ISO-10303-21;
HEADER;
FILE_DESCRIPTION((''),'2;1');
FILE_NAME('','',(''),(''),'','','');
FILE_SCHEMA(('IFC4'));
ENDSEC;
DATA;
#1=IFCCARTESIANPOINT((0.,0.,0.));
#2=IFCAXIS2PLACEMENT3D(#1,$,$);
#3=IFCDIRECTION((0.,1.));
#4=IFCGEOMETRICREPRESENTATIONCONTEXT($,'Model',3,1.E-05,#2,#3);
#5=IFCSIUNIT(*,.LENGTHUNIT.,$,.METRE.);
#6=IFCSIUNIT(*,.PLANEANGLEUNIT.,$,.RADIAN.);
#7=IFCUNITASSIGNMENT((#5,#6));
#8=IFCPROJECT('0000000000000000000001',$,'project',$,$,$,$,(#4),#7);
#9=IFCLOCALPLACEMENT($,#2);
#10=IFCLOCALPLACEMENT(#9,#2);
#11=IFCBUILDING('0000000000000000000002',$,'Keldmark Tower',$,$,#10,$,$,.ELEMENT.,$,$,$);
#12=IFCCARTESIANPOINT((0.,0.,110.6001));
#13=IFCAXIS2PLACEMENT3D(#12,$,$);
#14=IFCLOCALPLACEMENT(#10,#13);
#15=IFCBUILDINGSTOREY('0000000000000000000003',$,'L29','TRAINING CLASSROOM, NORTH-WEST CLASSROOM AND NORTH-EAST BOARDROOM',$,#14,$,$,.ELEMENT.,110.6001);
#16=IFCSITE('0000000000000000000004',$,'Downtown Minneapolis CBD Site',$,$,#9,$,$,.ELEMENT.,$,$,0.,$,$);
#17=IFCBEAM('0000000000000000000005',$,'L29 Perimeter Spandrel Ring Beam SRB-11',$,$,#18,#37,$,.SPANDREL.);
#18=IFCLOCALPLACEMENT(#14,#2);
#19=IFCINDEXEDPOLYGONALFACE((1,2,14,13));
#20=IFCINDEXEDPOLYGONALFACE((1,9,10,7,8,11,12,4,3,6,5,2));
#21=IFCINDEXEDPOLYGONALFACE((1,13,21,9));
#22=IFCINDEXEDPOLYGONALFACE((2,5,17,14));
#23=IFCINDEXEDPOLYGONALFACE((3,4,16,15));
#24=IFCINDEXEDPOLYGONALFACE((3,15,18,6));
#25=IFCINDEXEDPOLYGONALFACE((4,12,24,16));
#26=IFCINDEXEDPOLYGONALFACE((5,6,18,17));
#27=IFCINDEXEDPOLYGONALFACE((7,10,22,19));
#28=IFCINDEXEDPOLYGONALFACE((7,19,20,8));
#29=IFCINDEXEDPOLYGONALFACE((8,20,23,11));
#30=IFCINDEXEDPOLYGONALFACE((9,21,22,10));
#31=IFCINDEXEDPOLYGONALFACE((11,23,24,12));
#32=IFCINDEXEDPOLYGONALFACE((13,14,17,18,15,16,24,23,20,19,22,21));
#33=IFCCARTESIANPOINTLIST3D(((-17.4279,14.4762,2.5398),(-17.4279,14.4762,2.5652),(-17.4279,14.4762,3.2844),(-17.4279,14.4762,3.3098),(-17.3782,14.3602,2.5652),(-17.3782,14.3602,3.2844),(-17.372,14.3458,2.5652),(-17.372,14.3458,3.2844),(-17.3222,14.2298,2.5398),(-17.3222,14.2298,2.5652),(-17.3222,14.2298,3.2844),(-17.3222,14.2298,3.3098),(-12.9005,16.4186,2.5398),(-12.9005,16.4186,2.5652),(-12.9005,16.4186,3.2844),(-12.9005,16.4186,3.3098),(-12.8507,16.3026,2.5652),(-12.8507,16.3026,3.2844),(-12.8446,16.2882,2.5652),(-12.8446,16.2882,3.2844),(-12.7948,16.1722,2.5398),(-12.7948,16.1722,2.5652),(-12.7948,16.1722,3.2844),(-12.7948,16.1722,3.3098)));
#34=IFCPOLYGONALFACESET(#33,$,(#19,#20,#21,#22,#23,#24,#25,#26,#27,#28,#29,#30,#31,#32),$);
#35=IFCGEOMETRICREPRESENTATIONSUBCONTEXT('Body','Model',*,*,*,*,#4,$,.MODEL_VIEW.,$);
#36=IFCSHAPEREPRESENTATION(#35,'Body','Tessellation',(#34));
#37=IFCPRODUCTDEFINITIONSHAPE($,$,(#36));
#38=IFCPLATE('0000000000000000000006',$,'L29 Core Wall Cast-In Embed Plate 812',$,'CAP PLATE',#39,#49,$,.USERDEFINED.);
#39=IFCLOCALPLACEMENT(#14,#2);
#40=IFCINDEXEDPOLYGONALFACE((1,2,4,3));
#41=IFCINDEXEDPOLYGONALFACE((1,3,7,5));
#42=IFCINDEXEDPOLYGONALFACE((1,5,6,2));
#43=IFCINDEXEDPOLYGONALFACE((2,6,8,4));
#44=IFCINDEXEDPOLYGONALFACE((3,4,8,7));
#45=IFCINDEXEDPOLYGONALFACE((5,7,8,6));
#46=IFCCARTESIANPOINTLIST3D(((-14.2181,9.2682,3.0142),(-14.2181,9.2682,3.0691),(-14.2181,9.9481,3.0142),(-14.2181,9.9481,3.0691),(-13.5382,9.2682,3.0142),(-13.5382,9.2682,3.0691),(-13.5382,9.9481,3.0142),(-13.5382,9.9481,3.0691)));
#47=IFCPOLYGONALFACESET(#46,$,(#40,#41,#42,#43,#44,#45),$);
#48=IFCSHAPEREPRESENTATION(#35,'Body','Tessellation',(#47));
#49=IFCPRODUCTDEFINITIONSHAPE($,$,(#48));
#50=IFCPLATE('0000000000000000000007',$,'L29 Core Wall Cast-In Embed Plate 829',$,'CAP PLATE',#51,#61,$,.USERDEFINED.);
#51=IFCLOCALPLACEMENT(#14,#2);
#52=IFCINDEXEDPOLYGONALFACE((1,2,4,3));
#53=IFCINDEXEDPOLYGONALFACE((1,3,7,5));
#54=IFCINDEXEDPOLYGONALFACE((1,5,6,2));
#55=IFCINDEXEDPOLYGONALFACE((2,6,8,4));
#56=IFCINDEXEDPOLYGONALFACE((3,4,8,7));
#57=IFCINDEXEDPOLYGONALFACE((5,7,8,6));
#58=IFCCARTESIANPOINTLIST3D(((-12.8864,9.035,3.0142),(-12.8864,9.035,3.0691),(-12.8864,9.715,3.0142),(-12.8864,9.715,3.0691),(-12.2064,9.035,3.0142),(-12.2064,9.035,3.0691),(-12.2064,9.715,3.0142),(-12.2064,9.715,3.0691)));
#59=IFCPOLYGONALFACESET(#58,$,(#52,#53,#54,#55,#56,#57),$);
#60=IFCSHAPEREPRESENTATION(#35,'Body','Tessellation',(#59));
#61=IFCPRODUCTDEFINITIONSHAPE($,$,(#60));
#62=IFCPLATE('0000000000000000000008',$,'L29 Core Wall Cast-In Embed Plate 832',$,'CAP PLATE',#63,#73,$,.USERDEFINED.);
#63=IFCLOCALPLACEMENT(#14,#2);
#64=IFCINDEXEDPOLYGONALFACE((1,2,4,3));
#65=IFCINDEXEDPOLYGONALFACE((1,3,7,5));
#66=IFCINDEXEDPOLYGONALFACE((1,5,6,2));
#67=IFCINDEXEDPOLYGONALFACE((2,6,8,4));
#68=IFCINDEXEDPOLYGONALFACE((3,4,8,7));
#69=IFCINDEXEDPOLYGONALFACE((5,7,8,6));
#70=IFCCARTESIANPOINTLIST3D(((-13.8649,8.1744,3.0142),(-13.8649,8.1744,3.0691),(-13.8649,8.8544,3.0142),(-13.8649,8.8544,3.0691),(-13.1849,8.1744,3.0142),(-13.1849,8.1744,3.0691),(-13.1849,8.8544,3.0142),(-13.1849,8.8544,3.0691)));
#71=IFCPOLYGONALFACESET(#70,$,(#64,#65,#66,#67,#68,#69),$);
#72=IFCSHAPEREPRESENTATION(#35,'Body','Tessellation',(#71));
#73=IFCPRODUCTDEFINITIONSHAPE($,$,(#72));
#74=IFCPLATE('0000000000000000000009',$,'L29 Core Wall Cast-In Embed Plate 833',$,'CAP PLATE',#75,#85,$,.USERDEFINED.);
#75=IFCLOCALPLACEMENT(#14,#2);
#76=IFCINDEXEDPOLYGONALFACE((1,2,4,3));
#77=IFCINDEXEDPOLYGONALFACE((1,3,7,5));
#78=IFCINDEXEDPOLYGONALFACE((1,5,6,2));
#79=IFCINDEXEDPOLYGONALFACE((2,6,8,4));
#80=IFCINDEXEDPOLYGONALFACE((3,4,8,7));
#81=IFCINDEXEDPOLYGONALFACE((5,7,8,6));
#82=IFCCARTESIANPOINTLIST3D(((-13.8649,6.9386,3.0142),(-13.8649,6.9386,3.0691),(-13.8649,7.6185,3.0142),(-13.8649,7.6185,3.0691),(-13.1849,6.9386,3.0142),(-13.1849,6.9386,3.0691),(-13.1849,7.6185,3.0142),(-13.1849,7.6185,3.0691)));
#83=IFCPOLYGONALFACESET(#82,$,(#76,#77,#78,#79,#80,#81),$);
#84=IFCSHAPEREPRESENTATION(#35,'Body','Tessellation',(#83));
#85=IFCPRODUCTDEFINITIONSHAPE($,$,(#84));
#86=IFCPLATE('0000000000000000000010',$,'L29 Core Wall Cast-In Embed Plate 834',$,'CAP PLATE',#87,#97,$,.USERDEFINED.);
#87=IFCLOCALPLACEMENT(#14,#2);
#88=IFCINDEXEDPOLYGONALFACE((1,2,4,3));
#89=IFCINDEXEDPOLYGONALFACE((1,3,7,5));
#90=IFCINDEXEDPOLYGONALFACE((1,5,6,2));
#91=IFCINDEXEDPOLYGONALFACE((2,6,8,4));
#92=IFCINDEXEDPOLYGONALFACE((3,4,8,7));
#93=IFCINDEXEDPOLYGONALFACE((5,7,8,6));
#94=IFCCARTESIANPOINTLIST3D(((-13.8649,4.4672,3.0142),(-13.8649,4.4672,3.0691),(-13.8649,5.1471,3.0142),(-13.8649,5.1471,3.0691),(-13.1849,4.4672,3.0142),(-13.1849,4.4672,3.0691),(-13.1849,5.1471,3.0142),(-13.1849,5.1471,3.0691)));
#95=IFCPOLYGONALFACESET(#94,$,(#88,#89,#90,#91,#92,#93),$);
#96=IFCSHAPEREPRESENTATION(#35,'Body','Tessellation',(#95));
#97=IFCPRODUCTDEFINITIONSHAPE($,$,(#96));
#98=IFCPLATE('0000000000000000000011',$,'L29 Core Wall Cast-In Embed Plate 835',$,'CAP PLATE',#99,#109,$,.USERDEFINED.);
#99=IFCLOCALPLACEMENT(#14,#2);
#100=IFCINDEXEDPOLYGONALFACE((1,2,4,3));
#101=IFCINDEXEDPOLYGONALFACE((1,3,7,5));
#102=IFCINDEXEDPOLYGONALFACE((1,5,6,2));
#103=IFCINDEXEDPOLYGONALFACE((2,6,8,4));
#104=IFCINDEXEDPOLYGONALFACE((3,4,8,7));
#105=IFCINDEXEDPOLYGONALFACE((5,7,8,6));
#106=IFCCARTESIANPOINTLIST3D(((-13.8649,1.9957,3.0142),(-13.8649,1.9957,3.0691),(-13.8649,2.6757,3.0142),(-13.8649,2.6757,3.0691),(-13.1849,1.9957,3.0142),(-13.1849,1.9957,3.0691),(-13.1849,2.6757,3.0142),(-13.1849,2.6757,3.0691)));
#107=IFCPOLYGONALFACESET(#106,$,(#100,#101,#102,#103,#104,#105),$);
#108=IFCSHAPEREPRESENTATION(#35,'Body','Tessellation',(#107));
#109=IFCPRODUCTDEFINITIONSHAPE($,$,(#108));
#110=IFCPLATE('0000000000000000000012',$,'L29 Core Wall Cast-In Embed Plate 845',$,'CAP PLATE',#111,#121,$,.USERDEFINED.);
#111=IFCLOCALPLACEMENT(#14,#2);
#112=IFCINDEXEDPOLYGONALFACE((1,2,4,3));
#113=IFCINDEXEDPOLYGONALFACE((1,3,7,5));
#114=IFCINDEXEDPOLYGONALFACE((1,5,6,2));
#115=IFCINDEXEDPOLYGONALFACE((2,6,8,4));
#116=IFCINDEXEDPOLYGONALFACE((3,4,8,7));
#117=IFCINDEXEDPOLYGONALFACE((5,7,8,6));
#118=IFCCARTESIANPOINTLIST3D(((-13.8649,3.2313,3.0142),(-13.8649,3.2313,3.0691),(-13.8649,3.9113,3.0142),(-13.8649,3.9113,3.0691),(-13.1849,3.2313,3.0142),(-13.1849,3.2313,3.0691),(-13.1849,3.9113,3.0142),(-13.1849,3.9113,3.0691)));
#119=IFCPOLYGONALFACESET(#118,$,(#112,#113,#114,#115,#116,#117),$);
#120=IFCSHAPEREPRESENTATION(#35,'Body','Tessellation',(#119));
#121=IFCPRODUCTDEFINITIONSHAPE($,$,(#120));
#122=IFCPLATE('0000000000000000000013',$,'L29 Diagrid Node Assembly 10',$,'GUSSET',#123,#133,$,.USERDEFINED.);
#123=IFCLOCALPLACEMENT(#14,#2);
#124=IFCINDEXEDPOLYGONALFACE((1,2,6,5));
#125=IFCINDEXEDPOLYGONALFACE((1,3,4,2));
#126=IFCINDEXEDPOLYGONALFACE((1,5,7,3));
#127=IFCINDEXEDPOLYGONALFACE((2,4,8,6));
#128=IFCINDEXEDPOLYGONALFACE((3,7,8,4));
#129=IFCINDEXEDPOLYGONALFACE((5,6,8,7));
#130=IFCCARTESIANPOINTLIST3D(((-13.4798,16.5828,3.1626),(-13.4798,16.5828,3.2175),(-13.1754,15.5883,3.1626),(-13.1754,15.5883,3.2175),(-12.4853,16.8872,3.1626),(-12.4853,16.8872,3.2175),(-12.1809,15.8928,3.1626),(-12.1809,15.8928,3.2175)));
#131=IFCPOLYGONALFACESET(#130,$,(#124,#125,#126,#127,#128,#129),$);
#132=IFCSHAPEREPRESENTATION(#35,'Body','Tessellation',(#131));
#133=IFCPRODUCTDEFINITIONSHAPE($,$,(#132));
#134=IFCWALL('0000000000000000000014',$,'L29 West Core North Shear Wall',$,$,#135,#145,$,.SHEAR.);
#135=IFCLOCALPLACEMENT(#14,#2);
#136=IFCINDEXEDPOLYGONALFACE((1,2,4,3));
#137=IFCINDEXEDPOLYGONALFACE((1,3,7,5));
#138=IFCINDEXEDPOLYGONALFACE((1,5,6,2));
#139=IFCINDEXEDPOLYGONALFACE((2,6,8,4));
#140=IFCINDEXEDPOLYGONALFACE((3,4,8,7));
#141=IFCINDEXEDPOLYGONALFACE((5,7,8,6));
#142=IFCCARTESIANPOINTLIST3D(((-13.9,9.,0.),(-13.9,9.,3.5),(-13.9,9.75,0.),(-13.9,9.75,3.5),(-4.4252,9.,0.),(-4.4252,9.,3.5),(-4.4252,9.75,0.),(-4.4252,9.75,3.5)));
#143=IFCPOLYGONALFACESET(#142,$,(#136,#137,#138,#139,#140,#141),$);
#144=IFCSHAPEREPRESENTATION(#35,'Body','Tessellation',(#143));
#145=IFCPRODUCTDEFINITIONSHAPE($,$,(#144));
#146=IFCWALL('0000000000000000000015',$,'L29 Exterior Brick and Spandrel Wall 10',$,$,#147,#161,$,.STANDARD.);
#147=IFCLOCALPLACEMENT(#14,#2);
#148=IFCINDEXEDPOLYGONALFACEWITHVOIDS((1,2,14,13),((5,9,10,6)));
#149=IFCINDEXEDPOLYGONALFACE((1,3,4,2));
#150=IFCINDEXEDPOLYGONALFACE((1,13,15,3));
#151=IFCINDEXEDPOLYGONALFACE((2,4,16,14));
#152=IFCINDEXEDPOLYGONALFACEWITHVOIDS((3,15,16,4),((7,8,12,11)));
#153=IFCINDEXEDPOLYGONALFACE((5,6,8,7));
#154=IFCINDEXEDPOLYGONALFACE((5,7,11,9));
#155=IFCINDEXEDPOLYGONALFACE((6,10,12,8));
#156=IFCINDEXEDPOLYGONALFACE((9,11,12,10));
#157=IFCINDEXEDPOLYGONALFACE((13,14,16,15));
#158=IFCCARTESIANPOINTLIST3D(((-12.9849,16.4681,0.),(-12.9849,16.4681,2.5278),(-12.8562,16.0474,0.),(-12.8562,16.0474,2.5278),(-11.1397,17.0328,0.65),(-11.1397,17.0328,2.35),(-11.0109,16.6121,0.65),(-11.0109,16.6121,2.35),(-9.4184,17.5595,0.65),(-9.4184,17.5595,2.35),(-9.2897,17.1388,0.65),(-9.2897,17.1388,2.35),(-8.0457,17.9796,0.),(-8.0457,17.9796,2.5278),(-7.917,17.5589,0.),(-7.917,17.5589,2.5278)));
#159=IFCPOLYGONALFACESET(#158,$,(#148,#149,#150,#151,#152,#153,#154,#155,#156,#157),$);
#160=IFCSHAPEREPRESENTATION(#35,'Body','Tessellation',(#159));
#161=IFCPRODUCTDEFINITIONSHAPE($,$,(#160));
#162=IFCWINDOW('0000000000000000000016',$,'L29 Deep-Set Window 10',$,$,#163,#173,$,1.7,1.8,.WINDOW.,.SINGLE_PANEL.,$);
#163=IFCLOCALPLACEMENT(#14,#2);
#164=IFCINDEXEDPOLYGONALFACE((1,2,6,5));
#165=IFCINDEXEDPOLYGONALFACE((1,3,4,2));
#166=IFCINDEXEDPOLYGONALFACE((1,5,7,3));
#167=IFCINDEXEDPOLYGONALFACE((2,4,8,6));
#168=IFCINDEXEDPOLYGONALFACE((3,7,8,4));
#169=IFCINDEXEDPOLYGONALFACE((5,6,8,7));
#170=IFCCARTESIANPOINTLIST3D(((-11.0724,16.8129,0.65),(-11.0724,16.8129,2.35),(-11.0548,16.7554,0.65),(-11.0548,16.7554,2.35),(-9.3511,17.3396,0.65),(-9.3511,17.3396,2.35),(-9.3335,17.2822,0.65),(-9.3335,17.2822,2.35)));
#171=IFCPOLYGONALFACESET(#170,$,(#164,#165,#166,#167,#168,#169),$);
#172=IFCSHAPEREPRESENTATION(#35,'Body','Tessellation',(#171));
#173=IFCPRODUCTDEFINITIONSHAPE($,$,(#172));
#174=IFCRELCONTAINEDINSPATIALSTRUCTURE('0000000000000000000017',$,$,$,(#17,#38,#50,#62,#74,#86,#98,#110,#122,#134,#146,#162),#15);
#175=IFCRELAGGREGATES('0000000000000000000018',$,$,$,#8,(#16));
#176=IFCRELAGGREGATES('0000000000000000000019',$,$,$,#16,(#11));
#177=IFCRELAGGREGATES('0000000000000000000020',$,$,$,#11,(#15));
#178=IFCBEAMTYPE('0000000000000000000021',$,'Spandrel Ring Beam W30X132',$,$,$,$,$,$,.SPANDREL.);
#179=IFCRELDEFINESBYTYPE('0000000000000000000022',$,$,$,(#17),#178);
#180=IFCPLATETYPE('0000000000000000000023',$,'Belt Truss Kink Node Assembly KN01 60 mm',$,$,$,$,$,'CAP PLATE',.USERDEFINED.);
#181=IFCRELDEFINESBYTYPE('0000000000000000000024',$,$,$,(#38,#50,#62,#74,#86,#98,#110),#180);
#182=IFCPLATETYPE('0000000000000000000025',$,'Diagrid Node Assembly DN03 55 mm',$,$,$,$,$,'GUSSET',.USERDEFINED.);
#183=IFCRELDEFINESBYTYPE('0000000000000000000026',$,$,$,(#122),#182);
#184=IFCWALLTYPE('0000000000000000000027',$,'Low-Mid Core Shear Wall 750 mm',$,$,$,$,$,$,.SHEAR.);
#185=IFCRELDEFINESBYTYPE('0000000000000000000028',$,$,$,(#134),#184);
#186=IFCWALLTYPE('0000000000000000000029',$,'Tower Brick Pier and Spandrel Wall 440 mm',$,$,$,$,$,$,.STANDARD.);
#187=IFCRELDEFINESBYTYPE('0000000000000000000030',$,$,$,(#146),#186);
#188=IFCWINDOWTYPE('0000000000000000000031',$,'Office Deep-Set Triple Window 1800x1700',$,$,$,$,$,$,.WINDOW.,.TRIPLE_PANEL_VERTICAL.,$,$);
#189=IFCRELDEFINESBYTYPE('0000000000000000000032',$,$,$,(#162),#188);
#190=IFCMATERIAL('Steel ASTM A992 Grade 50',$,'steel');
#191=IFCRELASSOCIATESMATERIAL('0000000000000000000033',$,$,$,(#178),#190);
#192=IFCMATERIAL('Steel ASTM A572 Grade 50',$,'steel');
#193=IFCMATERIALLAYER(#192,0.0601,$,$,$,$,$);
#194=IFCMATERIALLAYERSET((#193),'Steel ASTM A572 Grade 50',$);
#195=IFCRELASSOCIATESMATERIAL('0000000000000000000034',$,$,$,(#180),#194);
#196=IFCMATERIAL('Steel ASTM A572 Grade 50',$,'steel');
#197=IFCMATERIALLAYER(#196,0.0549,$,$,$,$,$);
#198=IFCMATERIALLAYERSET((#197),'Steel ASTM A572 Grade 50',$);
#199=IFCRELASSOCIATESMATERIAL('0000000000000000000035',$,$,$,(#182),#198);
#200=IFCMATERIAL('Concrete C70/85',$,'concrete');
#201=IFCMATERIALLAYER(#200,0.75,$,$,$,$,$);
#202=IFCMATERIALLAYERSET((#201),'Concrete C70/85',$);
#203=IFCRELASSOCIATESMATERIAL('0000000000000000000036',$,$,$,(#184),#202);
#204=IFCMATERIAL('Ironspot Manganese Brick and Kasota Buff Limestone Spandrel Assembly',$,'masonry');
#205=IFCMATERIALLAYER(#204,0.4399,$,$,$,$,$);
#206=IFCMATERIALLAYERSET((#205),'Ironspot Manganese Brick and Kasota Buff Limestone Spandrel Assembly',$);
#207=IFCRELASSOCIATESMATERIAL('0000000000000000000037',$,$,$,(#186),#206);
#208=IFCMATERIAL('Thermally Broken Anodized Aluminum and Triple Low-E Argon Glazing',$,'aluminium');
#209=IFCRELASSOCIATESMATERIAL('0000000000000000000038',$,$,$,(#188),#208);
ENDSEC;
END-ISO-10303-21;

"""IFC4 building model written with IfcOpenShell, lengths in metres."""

from ifc_helpers import new_model, si_unit, direction, frame, frame_2d, origin, origin_2d, place, context, subcontext, project, spatial, rectangle, i_section, extrude, material, layer, layer_set, material_profile, profile_set, type_object, element, fill, save


model = new_model("IFC4")

# Units and contexts
model_context = context("Model", 3, precision=1e-05, world=origin(), true_north=direction((0.0, 1.0)))
body_context = subcontext(model_context, "Body", "Model", "MODEL_VIEW")
ifc_project = project(units=[si_unit("LENGTHUNIT", "METRE"), si_unit("PLANEANGLEUNIT", "RADIAN")], contexts=[model_context])

# Site, building, storey
site_placement = place(None, origin())
site = spatial("IfcSite", under=ifc_project, at=site_placement, Name="Downtown Minneapolis CBD Site", CompositionType="ELEMENT", RefElevation=0.0)
building_placement = place(site_placement, origin())
building = spatial("IfcBuilding", under=site, at=building_placement, Name="Keldmark Tower", CompositionType="ELEMENT")
storey_placement = place(building_placement, frame((0.0, 0.0, 110.6001)))
storey = spatial("IfcBuildingStorey", under=building, at=storey_placement, Name="L29", Description="TRAINING CLASSROOM, NORTH-WEST CLASSROOM AND NORTH-EAST BOARDROOM", CompositionType="ELEMENT", Elevation=110.6001)

# Beam
ifc_material_1 = material(Name="Steel ASTM A992 Grade 50", Category="steel")
ifc_material_profile_1 = material_profile(ifc_material_1, i_section(OverallWidth=0.2681, OverallDepth=0.77, WebThickness=0.0156, FlangeThickness=0.0254, at=origin_2d()), Name="W30X132")
ifc_profile_set_1 = profile_set([ifc_material_profile_1], Name="Steel ASTM A992 Grade 50")
beam_type_1 = type_object("IfcBeamType", Name="Spandrel Ring Beam W30X132", PredefinedType="SPANDREL", material=ifc_profile_set_1)
beam_1_placement = place(storey_placement, frame((-12.8477, 16.2954, 2.9248), z_axis=(-0.918991, -0.394278, 0.0), x_axis=(0.394278, -0.918991, 0.0)))
element("IfcBeam", 1, at=beam_1_placement, inside=storey, type_object=beam_type_1, Name="L29 Perimeter Spandrel Ring Beam SRB-11", PredefinedType="SPANDREL", context=body_context, shape_type="SweptSolid", body=[
    extrude(i_section(OverallWidth=0.2681, OverallDepth=0.77, WebThickness=0.0156, FlangeThickness=0.0254, at=origin_2d()), origin(), (0.0, 0.0, 1.0), 4.9265),
])

# Plates
ifc_material_2 = material(Name="Steel ASTM A572 Grade 50", Category="steel")
ifc_layer_1 = layer(ifc_material_2, 0.0601)
ifc_layer_set_1 = layer_set([ifc_layer_1], Name="Steel ASTM A572 Grade 50")
plate_type_1 = type_object("IfcPlateType", Name="Belt Truss Kink Node Assembly KN01 60 mm", ElementType="CAP PLATE", PredefinedType="USERDEFINED", material=ifc_layer_set_1)
for number, where, z_axis, x_axis, name in (
    (2, (-13.8782, 9.6082, 3.0142), (0.0, 0.0, 1.0), (1.0, 0.0, 0.0), "L29 Core Wall Cast-In Embed Plate 812"),
    (3, (-12.5464, 9.375, 3.0142), (0.0, 0.0, 1.0), (1.0, 0.0, 0.0), "L29 Core Wall Cast-In Embed Plate 829"),
    (4, (-13.5249, 8.5144, 3.0142), (0.0, 0.0, 1.0), (1.0, 0.0, 0.0), "L29 Core Wall Cast-In Embed Plate 832"),
    (5, (-13.5249, 7.2786, 3.0142), (0.0, 0.0, 1.0), (1.0, 0.0, 0.0), "L29 Core Wall Cast-In Embed Plate 833"),
    (6, (-13.5249, 4.8071, 3.0142), (0.0, 0.0, 1.0), (1.0, 0.0, 0.0), "L29 Core Wall Cast-In Embed Plate 834"),
    (7, (-13.5249, 2.3357, 3.0142), (0.0, 0.0, 1.0), (1.0, 0.0, 0.0), "L29 Core Wall Cast-In Embed Plate 835"),
    (8, (-13.5249, 3.5713, 3.0142), (0.0, 0.0, 1.0), (1.0, 0.0, 0.0), "L29 Core Wall Cast-In Embed Plate 845"),
):
    element("IfcPlate", number, at=place(storey_placement, frame(where, z_axis=z_axis, x_axis=x_axis)), inside=storey, type_object=plate_type_1, Name=name, ObjectType="CAP PLATE", PredefinedType="USERDEFINED", context=body_context, shape_type="SweptSolid", body=[
        extrude(rectangle(XDim=0.6799, YDim=0.6799, at=origin_2d()), origin(), (0.0, 0.0, 1.0), 0.0549),
    ])
ifc_material_3 = material(Name="Steel ASTM A572 Grade 50", Category="steel")
ifc_layer_2 = layer(ifc_material_3, 0.0549)
ifc_layer_set_2 = layer_set([ifc_layer_2], Name="Steel ASTM A572 Grade 50")
plate_type_2 = type_object("IfcPlateType", Name="Diagrid Node Assembly DN03 55 mm", ElementType="GUSSET", PredefinedType="USERDEFINED", material=ifc_layer_set_2)
plate_placement = place(storey_placement, frame((-12.8303, 16.2378, 3.1626), z_axis=(0.0, 0.0, 1.0), x_axis=(-0.956203, -0.292706, 0.0)))
element("IfcPlate", 9, at=plate_placement, inside=storey, type_object=plate_type_2, Name="L29 Diagrid Node Assembly 10", ObjectType="GUSSET", PredefinedType="USERDEFINED", context=body_context, shape_type="SweptSolid", body=[
    extrude(rectangle(XDim=1.04, YDim=1.04, at=origin_2d()), origin(), (0.0, 0.0, 1.0), 0.0549),
])

# Wall
ifc_material_4 = material(Name="Concrete C70/85", Category="concrete")
ifc_layer_3 = layer(ifc_material_4, 0.75)
ifc_layer_set_3 = layer_set([ifc_layer_3], Name="Concrete C70/85")
wall_type_1 = type_object("IfcWallType", Name="Low-Mid Core Shear Wall 750 mm", PredefinedType="SHEAR", material=ifc_layer_set_3)
wall_1_placement = place(storey_placement, frame((-13.8999, 9.375, 0.0), z_axis=(0.0, 0.0, 1.0), x_axis=(1.0, 0.0, 0.0)))
element("IfcWall", 10, at=wall_1_placement, inside=storey, type_object=wall_type_1, Name="L29 West Core North Shear Wall", PredefinedType="SHEAR", context=body_context, shape_type="SweptSolid", body=[
    extrude(rectangle(XDim=9.4749, YDim=0.75, at=frame_2d((4.7373, 0.0))), origin(), (0.0, 0.0, 1.0), 3.5),
])

# Wall, opening, window
ifc_material_5 = material(Name="Ironspot Manganese Brick and Kasota Buff Limestone Spandrel Assembly", Category="masonry")
ifc_layer_4 = layer(ifc_material_5, 0.4399)
ifc_layer_set_4 = layer_set([ifc_layer_4], Name="Ironspot Manganese Brick and Kasota Buff Limestone Spandrel Assembly")
wall_type_2 = type_object("IfcWallType", Name="Tower Brick Pier and Spandrel Wall 440 mm", PredefinedType="STANDARD", material=ifc_layer_set_4)
wall_2_placement = place(storey_placement, frame((-12.9204, 16.2578, 0.0), z_axis=(0.0, 0.0, 1.0), x_axis=(0.956229, 0.292621, 0.0)))
wall_2 = element("IfcWall", 11, at=wall_2_placement, inside=storey, type_object=wall_type_2, Name="L29 Exterior Brick and Spandrel Wall 10", PredefinedType="STANDARD", context=body_context, shape_type="SweptSolid", body=[
    extrude(rectangle(XDim=5.1653, YDim=0.4399, at=frame_2d((2.5825, 0.0))), origin(), (0.0, 0.0, 1.0), 2.5278),
])
opening_placement = place(wall_2_placement, frame((1.9297, 0.0, 0.6499)))
opening = element("IfcOpeningElement", 12, at=opening_placement, cuts=wall_2, PredefinedType="OPENING", context=body_context, shape_type="SweptSolid", body=[
    extrude(rectangle(XDim=1.8, YDim=1.7, at=frame_2d((0.8999, 0.8501))), frame((0.0, 0.23, 0.0), z_axis=(0.0, -1.0, 0.0), x_axis=(1.0, 0.0, 0.0)), (0.0, 0.0, 1.0), 0.46),
])
ifc_material_6 = material(Name="Thermally Broken Anodized Aluminum and Triple Low-E Argon Glazing", Category="aluminium")
window_type = type_object("IfcWindowType", Name="Office Deep-Set Triple Window 1800x1700", PartitioningType="TRIPLE_PANEL_VERTICAL", PredefinedType="WINDOW", material=ifc_material_6)
window_placement = place(opening_placement, origin())
window = element("IfcWindow", 13, at=window_placement, inside=storey, type_object=window_type, Name="L29 Deep-Set Window 10", OverallHeight=1.7, OverallWidth=1.8, PartitioningType="SINGLE_PANEL", PredefinedType="WINDOW", context=body_context, shape_type="SweptSolid", body=[
    extrude(rectangle(XDim=1.8, YDim=1.7, at=frame_2d((0.8999, 0.8501))), frame((0.0, -0.01, 0.0), z_axis=(0.0, -1.0, 0.0), x_axis=(1.0, 0.0, 0.0)), (0.0, 0.0, 1.0), 0.0601),
])
fill(opening, window)

save(model, "model.ifc")
